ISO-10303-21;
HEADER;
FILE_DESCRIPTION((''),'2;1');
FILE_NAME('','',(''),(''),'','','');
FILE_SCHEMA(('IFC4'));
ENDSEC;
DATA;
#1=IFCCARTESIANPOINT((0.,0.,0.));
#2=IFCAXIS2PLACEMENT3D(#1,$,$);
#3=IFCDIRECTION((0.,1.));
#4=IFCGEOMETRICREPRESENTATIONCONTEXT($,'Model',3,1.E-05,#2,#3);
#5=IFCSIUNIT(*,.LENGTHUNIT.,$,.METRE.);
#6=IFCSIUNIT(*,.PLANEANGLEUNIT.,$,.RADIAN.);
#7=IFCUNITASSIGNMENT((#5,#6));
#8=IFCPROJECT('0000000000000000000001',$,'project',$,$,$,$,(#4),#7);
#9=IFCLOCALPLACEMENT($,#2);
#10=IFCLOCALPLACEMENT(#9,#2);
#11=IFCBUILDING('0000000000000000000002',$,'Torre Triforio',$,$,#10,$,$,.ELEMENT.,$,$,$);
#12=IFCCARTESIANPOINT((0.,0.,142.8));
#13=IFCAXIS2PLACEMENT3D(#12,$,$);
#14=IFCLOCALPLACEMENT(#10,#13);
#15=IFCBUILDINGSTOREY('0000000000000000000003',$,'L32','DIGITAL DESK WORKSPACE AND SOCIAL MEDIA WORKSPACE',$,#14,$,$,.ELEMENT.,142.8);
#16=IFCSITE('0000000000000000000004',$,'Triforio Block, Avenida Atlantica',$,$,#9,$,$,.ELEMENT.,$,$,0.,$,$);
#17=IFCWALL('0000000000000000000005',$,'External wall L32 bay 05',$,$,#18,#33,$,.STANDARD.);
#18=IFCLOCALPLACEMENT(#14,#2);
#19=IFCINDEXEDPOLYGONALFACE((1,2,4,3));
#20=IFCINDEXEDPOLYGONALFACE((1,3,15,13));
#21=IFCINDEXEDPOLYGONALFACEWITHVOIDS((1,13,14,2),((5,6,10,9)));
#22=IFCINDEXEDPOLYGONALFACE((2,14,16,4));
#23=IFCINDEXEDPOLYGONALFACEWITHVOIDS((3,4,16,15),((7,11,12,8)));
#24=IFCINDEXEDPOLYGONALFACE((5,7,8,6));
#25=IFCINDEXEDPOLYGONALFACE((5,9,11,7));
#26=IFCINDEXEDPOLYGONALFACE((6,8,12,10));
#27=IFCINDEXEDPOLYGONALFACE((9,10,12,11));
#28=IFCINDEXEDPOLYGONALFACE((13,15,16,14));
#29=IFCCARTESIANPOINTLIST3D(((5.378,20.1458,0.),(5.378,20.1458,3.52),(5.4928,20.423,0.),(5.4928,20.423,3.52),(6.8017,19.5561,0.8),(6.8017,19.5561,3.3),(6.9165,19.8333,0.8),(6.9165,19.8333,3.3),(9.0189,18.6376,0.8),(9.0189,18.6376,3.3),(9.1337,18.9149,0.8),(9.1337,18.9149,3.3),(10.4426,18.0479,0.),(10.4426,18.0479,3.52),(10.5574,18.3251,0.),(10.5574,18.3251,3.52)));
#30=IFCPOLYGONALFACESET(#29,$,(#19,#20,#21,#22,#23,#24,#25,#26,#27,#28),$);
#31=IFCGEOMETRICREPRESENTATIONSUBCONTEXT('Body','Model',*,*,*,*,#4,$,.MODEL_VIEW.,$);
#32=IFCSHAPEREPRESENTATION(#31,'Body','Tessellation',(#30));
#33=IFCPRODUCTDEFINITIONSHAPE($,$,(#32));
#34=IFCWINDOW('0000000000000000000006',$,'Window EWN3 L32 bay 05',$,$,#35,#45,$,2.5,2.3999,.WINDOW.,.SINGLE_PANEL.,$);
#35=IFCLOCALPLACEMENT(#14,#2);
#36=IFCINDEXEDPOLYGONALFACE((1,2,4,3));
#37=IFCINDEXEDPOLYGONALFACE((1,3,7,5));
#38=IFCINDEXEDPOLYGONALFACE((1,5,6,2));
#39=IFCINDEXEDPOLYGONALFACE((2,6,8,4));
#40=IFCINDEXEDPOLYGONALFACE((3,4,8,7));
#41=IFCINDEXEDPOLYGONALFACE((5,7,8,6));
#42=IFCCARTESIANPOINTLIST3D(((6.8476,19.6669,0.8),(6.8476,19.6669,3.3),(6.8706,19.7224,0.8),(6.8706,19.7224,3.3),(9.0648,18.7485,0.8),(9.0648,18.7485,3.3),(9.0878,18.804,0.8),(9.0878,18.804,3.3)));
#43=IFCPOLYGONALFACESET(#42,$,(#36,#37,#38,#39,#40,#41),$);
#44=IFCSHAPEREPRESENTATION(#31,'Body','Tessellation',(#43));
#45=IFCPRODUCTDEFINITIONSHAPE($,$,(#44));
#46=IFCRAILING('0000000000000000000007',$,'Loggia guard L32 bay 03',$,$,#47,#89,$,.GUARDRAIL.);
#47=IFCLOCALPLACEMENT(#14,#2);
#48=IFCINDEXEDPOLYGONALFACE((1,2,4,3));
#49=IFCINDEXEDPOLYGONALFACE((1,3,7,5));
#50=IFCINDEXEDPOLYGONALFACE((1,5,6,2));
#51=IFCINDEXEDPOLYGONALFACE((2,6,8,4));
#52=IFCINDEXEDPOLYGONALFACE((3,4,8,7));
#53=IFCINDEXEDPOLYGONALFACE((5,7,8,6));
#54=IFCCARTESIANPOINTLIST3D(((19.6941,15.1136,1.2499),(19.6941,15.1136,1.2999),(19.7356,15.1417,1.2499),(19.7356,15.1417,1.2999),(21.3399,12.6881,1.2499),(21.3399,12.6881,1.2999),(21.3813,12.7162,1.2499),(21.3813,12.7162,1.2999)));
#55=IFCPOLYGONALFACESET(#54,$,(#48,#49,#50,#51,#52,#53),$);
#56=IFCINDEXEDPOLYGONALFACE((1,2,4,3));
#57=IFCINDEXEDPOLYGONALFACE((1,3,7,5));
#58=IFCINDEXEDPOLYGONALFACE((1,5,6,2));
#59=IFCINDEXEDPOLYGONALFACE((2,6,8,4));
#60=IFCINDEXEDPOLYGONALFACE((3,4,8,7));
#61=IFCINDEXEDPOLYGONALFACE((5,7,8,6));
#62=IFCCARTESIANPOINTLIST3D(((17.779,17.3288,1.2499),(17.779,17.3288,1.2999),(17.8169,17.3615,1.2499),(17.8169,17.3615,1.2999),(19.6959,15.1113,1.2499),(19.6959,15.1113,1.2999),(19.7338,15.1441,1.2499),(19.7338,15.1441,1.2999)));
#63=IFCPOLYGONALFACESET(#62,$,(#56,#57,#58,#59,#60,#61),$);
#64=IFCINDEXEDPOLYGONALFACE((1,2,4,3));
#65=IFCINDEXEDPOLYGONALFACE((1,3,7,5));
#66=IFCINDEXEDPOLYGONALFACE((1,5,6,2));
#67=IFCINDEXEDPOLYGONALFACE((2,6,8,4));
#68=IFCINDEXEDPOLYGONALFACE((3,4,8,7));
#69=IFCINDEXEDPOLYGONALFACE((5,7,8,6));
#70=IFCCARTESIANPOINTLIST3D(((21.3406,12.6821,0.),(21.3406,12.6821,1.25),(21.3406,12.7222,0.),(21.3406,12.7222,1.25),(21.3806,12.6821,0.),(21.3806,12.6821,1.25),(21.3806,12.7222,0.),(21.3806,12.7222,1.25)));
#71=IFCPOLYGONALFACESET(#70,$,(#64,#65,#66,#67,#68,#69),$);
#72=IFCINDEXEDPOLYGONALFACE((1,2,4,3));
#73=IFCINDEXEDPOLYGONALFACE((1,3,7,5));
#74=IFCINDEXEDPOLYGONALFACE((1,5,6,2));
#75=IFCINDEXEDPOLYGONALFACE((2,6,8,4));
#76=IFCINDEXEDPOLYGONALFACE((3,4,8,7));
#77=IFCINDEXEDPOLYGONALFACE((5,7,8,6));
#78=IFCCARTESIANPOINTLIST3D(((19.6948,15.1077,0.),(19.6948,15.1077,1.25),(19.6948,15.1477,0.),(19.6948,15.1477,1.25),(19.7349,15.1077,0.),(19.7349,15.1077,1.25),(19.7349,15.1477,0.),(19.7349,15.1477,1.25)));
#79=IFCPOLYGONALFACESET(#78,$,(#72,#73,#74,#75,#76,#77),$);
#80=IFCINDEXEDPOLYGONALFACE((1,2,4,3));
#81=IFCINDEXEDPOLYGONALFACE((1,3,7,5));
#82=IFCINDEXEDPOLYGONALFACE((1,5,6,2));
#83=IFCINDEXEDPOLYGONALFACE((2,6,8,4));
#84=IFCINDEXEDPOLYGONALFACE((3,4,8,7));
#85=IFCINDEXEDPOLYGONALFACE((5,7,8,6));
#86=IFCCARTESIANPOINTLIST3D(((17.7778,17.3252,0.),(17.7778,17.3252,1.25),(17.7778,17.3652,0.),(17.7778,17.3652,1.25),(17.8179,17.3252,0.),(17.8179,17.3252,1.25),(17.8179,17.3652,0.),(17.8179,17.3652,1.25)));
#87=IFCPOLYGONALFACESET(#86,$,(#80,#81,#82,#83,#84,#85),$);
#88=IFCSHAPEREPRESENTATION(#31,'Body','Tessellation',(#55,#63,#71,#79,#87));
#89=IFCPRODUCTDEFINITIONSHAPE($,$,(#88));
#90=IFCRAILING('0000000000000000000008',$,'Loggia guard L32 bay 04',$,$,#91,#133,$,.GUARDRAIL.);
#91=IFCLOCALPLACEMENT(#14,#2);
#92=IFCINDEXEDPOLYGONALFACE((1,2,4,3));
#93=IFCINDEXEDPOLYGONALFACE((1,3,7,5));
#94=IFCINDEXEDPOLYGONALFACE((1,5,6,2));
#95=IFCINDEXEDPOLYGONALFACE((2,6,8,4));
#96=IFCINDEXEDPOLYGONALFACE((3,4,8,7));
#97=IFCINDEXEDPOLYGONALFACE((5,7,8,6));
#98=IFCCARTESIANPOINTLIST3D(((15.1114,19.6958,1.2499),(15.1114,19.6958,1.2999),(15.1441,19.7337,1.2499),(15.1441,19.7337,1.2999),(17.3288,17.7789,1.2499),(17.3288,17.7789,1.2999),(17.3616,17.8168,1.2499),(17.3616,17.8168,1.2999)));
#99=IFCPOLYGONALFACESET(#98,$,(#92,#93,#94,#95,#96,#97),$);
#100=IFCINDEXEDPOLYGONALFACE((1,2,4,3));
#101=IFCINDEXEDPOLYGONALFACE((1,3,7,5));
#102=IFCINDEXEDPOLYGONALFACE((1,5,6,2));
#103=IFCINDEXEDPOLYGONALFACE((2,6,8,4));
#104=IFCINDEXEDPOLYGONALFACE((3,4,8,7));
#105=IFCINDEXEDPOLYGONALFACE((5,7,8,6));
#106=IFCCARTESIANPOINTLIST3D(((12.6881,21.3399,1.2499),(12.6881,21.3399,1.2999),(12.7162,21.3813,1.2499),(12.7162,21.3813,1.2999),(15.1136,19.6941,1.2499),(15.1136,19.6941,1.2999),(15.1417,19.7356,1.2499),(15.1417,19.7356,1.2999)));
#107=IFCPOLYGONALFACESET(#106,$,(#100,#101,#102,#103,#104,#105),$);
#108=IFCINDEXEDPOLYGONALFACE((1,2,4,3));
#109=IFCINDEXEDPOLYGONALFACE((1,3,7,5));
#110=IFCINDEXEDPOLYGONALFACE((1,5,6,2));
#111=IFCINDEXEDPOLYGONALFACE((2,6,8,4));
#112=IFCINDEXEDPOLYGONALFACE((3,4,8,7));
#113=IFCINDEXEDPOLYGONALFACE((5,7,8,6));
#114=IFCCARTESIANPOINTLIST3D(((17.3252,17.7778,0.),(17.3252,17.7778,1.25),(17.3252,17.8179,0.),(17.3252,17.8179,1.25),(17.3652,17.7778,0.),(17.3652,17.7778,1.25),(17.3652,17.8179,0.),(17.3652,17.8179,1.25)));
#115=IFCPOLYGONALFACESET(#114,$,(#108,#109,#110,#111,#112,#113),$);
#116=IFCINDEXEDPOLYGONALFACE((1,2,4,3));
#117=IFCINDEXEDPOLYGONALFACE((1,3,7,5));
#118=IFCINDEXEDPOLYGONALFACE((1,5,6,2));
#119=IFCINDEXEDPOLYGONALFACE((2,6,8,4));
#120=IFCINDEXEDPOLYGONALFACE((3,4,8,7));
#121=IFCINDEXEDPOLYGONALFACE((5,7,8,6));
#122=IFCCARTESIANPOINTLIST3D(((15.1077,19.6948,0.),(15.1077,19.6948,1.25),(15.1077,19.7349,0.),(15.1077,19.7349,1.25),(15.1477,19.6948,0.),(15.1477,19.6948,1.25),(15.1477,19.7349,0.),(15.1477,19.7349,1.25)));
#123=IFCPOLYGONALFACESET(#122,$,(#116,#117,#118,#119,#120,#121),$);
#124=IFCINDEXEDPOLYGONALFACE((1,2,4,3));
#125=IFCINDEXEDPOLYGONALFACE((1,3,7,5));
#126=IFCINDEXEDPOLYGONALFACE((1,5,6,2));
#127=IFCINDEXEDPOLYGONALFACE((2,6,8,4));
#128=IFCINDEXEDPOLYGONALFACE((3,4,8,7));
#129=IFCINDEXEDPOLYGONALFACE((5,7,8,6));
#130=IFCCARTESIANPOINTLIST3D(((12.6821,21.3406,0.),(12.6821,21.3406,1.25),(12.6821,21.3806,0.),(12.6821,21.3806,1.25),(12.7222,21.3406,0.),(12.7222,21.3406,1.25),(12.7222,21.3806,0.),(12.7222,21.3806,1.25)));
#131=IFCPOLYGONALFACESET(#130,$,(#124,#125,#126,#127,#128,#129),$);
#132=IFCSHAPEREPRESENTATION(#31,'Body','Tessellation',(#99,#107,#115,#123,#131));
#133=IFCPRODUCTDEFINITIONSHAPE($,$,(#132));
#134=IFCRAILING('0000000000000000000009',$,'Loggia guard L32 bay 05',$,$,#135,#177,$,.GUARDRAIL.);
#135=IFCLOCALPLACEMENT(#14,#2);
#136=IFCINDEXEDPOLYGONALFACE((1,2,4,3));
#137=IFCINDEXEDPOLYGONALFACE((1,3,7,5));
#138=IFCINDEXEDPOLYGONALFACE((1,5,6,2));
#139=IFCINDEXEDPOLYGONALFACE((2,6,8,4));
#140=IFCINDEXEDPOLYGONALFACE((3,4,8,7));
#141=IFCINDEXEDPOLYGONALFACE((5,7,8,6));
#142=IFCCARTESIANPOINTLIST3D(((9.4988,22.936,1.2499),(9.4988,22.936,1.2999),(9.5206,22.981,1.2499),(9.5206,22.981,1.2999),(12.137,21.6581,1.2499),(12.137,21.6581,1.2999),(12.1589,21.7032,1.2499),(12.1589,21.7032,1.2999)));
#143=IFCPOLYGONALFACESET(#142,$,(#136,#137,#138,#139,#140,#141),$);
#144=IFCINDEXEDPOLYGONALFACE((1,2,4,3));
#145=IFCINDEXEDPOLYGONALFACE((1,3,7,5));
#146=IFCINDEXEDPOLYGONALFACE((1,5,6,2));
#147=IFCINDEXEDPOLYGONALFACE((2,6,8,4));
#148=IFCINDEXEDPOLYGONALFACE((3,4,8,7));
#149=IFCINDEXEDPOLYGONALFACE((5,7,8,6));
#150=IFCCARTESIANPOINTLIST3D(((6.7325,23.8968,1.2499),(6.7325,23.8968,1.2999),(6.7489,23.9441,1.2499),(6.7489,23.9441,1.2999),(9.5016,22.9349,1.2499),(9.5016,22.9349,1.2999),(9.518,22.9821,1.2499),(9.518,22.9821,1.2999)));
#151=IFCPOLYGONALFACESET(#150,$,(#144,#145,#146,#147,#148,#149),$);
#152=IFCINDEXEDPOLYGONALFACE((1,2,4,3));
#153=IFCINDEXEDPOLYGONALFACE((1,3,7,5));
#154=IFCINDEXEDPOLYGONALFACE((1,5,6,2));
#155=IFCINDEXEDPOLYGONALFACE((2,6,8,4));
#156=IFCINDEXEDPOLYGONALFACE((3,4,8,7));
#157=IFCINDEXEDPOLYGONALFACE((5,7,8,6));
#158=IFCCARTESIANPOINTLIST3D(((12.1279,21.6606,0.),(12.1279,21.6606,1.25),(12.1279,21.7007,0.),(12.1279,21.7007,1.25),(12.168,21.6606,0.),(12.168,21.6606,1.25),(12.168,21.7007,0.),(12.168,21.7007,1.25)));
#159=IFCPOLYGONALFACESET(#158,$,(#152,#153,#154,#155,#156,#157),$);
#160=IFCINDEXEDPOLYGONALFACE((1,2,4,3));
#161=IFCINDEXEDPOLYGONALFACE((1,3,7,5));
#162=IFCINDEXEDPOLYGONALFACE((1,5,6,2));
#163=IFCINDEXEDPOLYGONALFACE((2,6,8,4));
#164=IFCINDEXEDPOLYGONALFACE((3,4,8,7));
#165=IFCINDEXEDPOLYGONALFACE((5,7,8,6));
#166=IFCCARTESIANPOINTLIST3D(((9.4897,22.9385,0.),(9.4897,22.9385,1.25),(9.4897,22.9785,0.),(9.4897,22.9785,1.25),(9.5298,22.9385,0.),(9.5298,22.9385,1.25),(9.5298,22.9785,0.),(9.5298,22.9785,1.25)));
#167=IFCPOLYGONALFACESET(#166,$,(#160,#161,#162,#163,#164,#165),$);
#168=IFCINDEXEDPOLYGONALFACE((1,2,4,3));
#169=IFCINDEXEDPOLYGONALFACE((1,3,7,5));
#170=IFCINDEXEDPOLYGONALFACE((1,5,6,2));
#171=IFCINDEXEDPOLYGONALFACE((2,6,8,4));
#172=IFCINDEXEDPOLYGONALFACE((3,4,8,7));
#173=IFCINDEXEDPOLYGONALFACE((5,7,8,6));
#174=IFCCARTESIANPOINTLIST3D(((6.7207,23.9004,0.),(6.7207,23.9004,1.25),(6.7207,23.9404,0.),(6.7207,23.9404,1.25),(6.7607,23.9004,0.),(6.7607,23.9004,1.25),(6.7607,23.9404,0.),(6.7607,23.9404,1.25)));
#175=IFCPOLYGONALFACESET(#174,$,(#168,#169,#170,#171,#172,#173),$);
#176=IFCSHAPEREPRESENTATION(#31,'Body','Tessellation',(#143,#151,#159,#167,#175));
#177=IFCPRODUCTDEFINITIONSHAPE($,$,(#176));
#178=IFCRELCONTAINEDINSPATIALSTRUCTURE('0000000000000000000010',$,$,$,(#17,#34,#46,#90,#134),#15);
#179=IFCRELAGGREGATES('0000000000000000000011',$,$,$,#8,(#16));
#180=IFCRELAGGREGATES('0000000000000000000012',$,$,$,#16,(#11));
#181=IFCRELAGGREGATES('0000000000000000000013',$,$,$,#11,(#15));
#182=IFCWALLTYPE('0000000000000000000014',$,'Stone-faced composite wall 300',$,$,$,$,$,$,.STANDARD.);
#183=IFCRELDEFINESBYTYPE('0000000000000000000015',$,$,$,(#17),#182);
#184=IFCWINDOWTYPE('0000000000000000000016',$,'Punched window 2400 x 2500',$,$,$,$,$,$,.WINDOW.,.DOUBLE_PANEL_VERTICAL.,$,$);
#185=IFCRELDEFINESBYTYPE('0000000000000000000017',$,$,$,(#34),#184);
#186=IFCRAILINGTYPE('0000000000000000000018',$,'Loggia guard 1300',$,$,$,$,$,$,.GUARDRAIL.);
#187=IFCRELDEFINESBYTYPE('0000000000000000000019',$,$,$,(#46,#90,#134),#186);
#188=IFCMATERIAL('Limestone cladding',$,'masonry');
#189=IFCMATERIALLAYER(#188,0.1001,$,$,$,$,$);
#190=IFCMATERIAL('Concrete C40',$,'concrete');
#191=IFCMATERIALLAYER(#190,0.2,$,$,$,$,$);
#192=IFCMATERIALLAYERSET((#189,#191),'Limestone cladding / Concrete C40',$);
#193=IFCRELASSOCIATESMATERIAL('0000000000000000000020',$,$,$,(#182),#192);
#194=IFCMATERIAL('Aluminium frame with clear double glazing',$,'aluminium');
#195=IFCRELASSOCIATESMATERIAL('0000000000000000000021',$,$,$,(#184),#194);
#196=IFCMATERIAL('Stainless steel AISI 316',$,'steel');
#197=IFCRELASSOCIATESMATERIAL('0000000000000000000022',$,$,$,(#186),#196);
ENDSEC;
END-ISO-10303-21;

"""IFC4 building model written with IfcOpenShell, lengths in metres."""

from ifc_helpers import new_model, si_unit, direction, frame, frame_2d, origin, origin_2d, place, context, subcontext, project, spatial, rectangle, extrude, material, layer, layer_set, type_object, element, fill, save


model = new_model("IFC4")

# Units and contexts
model_context = context("Model", 3, precision=1e-05, world=origin(), true_north=direction((0.0, 1.0)))
body_context = subcontext(model_context, "Body", "Model", "MODEL_VIEW")
ifc_project = project(units=[si_unit("LENGTHUNIT", "METRE"), si_unit("PLANEANGLEUNIT", "RADIAN")], contexts=[model_context])

# Site, building, storey
site_placement = place(None, origin())
site = spatial("IfcSite", under=ifc_project, at=site_placement, Name="Triforio Block, Avenida Atlantica", CompositionType="ELEMENT", RefElevation=0.0)
building_placement = place(site_placement, origin())
building = spatial("IfcBuilding", under=site, at=building_placement, Name="Torre Triforio", CompositionType="ELEMENT")
storey_placement = place(building_placement, frame((0.0, 0.0, 142.8)))
storey = spatial("IfcBuildingStorey", under=building, at=storey_placement, Name="L32", Description="DIGITAL DESK WORKSPACE AND SOCIAL MEDIA WORKSPACE", CompositionType="ELEMENT", Elevation=142.8)

# Shared definitions
ifc_material_1 = material(Name="Limestone cladding", Category="masonry")
ifc_material_2 = material(Name="Concrete C40", Category="concrete")

# Shared definitions
ifc_layer_1 = layer(ifc_material_1, 0.1001)
ifc_layer_2 = layer(ifc_material_2, 0.2)
ifc_layer_set_1 = layer_set([ifc_layer_1, ifc_layer_2], Name="Limestone cladding / Concrete C40")
wall_type_1 = type_object("IfcWallType", Name="Stone-faced composite wall 300", PredefinedType="STANDARD", material=ifc_layer_set_1)
ifc_material_3 = material(Name="Aluminium frame with clear double glazing", Category="aluminium")
window_type_1 = type_object("IfcWindowType", Name="Punched window 2400 x 2500", PartitioningType="DOUBLE_PANEL_VERTICAL", PredefinedType="WINDOW", material=ifc_material_3)

# Wall, opening, window
wall_1_placement = place(storey_placement, frame((10.5, 18.1865, 0.0), z_axis=(0.0, 0.0, 1.0), x_axis=(-0.923877, 0.382689, 0.0)))
wall_1 = element("IfcWall", 1, at=wall_1_placement, inside=storey, type_object=wall_type_1, Name="External wall L32 bay 05", PredefinedType="STANDARD", context=body_context, shape_type="SweptSolid", body=[
    extrude(rectangle(XDim=5.4819, YDim=0.3, at=frame_2d((2.741, 0.0))), origin(), (0.0, 0.0, 1.0), 3.52),
])
opening_1_placement = place(wall_1_placement, frame((1.541, 0.0, 0.8)))
opening_1 = element("IfcOpeningElement", 2, at=opening_1_placement, cuts=wall_1, PredefinedType="OPENING", context=body_context, shape_type="SweptSolid", body=[
    extrude(rectangle(XDim=2.3999, YDim=2.5, at=frame_2d((1.2, 1.25))), frame((0.0, 0.1599, 0.0), z_axis=(0.0, -1.0, 0.0), x_axis=(1.0, 0.0, 0.0)), (0.0, 0.0, 1.0), 0.3201),
])
window_1_placement = place(opening_1_placement, origin())
window_1 = element("IfcWindow", 3, at=window_1_placement, inside=storey, type_object=window_type_1, Name="Window EWN3 L32 bay 05", OverallHeight=2.5, OverallWidth=2.3999, PartitioningType="SINGLE_PANEL", PredefinedType="WINDOW", context=body_context, shape_type="SweptSolid", body=[
    extrude(rectangle(XDim=2.3999, YDim=2.5, at=frame_2d((1.2, 1.25))), frame((0.0, 0.03, 0.0), z_axis=(0.0, -1.0, 0.0), x_axis=(1.0, 0.0, 0.0)), (0.0, 0.0, 1.0), 0.0601),
])
fill(opening_1, window_1)

# Railings
ifc_material_4 = material(Name="Stainless steel AISI 316", Category="steel")
railing_type = type_object("IfcRailingType", Name="Loggia guard 1300", PredefinedType="GUARDRAIL", material=ifc_material_4)
railing_1_placement = place(storey_placement, frame((21.3606, 12.7021, 0.0)))
element("IfcRailing", 4, at=railing_1_placement, inside=storey, type_object=railing_type, Name="Loggia guard L32 bay 03", PredefinedType="GUARDRAIL", context=body_context, shape_type="SweptSolid", body=[
    extrude(rectangle(XDim=0.05, YDim=0.05, at=origin_2d()), frame((0.0, 0.0, 1.2749), z_axis=(-0.561467, 0.827499, 0.0), x_axis=(-0.827499, -0.561467, 0.0)), (0.0, 0.0, 1.0), 2.9312),
    extrude(rectangle(XDim=0.05, YDim=0.05, at=origin_2d()), frame((-1.6458, 2.4255, 1.2749), z_axis=(-0.653982, 0.75651, 0.0), x_axis=(-0.75651, -0.653982, 0.0)), (0.0, 0.0, 1.0), 2.9312),
    extrude(rectangle(XDim=0.04, YDim=0.04, at=origin_2d()), origin(), (0.0, 0.0, 1.0), 1.25),
    extrude(rectangle(XDim=0.04, YDim=0.04, at=origin_2d()), frame((-1.6458, 2.4255, 0.0)), (0.0, 0.0, 1.0), 1.25),
    extrude(rectangle(XDim=0.04, YDim=0.04, at=origin_2d()), frame((-3.5627, 4.6431, 0.0)), (0.0, 0.0, 1.0), 1.25),
])
railing_2_placement = place(storey_placement, frame((17.3452, 17.7979, 0.0)))
element("IfcRailing", 5, at=railing_2_placement, inside=storey, type_object=railing_type, Name="Loggia guard L32 bay 04", PredefinedType="GUARDRAIL", context=body_context, shape_type="SweptSolid", body=[
    extrude(rectangle(XDim=0.05, YDim=0.05, at=origin_2d()), frame((0.0, 0.0, 1.2749), z_axis=(-0.75651, 0.653982, 0.0), x_axis=(-0.653982, -0.75651, 0.0)), (0.0, 0.0, 1.0), 2.9312),
    extrude(rectangle(XDim=0.05, YDim=0.05, at=origin_2d()), frame((-2.2175, 1.917, 1.2749), z_axis=(-0.827499, 0.561467, 0.0), x_axis=(-0.561467, -0.827499, 0.0)), (0.0, 0.0, 1.0), 2.9312),
    extrude(rectangle(XDim=0.04, YDim=0.04, at=origin_2d()), origin(), (0.0, 0.0, 1.0), 1.25),
    extrude(rectangle(XDim=0.04, YDim=0.04, at=origin_2d()), frame((-2.2175, 1.917, 0.0)), (0.0, 0.0, 1.0), 1.25),
    extrude(rectangle(XDim=0.04, YDim=0.04, at=origin_2d()), frame((-4.6431, 3.5627, 0.0)), (0.0, 0.0, 1.0), 1.25),
])
railing_3_placement = place(storey_placement, frame((12.1479, 21.6807, 0.0)))
element("IfcRailing", 6, at=railing_3_placement, inside=storey, type_object=railing_type, Name="Loggia guard L32 bay 05", PredefinedType="GUARDRAIL", context=body_context, shape_type="SweptSolid", body=[
    extrude(rectangle(XDim=0.05, YDim=0.05, at=origin_2d()), frame((0.0, 0.0, 1.2749), z_axis=(-0.899986, 0.435918, 0.0), x_axis=(-0.435918, -0.899986, 0.0)), (0.0, 0.0, 1.0), 2.9314),
    extrude(rectangle(XDim=0.05, YDim=0.05, at=origin_2d()), frame((-2.6382, 1.2778, 1.2749), z_axis=(-0.944627, 0.328146, 0.0), x_axis=(-0.328146, -0.944627, 0.0)), (0.0, 0.0, 1.0), 2.9314),
    extrude(rectangle(XDim=0.04, YDim=0.04, at=origin_2d()), origin(), (0.0, 0.0, 1.0), 1.25),
    extrude(rectangle(XDim=0.04, YDim=0.04, at=origin_2d()), frame((-2.6382, 1.2778, 0.0)), (0.0, 0.0, 1.0), 1.25),
    extrude(rectangle(XDim=0.04, YDim=0.04, at=origin_2d()), frame((-5.4072, 2.2397, 0.0)), (0.0, 0.0, 1.0), 1.25),
])

save(model, "model.ifc")
